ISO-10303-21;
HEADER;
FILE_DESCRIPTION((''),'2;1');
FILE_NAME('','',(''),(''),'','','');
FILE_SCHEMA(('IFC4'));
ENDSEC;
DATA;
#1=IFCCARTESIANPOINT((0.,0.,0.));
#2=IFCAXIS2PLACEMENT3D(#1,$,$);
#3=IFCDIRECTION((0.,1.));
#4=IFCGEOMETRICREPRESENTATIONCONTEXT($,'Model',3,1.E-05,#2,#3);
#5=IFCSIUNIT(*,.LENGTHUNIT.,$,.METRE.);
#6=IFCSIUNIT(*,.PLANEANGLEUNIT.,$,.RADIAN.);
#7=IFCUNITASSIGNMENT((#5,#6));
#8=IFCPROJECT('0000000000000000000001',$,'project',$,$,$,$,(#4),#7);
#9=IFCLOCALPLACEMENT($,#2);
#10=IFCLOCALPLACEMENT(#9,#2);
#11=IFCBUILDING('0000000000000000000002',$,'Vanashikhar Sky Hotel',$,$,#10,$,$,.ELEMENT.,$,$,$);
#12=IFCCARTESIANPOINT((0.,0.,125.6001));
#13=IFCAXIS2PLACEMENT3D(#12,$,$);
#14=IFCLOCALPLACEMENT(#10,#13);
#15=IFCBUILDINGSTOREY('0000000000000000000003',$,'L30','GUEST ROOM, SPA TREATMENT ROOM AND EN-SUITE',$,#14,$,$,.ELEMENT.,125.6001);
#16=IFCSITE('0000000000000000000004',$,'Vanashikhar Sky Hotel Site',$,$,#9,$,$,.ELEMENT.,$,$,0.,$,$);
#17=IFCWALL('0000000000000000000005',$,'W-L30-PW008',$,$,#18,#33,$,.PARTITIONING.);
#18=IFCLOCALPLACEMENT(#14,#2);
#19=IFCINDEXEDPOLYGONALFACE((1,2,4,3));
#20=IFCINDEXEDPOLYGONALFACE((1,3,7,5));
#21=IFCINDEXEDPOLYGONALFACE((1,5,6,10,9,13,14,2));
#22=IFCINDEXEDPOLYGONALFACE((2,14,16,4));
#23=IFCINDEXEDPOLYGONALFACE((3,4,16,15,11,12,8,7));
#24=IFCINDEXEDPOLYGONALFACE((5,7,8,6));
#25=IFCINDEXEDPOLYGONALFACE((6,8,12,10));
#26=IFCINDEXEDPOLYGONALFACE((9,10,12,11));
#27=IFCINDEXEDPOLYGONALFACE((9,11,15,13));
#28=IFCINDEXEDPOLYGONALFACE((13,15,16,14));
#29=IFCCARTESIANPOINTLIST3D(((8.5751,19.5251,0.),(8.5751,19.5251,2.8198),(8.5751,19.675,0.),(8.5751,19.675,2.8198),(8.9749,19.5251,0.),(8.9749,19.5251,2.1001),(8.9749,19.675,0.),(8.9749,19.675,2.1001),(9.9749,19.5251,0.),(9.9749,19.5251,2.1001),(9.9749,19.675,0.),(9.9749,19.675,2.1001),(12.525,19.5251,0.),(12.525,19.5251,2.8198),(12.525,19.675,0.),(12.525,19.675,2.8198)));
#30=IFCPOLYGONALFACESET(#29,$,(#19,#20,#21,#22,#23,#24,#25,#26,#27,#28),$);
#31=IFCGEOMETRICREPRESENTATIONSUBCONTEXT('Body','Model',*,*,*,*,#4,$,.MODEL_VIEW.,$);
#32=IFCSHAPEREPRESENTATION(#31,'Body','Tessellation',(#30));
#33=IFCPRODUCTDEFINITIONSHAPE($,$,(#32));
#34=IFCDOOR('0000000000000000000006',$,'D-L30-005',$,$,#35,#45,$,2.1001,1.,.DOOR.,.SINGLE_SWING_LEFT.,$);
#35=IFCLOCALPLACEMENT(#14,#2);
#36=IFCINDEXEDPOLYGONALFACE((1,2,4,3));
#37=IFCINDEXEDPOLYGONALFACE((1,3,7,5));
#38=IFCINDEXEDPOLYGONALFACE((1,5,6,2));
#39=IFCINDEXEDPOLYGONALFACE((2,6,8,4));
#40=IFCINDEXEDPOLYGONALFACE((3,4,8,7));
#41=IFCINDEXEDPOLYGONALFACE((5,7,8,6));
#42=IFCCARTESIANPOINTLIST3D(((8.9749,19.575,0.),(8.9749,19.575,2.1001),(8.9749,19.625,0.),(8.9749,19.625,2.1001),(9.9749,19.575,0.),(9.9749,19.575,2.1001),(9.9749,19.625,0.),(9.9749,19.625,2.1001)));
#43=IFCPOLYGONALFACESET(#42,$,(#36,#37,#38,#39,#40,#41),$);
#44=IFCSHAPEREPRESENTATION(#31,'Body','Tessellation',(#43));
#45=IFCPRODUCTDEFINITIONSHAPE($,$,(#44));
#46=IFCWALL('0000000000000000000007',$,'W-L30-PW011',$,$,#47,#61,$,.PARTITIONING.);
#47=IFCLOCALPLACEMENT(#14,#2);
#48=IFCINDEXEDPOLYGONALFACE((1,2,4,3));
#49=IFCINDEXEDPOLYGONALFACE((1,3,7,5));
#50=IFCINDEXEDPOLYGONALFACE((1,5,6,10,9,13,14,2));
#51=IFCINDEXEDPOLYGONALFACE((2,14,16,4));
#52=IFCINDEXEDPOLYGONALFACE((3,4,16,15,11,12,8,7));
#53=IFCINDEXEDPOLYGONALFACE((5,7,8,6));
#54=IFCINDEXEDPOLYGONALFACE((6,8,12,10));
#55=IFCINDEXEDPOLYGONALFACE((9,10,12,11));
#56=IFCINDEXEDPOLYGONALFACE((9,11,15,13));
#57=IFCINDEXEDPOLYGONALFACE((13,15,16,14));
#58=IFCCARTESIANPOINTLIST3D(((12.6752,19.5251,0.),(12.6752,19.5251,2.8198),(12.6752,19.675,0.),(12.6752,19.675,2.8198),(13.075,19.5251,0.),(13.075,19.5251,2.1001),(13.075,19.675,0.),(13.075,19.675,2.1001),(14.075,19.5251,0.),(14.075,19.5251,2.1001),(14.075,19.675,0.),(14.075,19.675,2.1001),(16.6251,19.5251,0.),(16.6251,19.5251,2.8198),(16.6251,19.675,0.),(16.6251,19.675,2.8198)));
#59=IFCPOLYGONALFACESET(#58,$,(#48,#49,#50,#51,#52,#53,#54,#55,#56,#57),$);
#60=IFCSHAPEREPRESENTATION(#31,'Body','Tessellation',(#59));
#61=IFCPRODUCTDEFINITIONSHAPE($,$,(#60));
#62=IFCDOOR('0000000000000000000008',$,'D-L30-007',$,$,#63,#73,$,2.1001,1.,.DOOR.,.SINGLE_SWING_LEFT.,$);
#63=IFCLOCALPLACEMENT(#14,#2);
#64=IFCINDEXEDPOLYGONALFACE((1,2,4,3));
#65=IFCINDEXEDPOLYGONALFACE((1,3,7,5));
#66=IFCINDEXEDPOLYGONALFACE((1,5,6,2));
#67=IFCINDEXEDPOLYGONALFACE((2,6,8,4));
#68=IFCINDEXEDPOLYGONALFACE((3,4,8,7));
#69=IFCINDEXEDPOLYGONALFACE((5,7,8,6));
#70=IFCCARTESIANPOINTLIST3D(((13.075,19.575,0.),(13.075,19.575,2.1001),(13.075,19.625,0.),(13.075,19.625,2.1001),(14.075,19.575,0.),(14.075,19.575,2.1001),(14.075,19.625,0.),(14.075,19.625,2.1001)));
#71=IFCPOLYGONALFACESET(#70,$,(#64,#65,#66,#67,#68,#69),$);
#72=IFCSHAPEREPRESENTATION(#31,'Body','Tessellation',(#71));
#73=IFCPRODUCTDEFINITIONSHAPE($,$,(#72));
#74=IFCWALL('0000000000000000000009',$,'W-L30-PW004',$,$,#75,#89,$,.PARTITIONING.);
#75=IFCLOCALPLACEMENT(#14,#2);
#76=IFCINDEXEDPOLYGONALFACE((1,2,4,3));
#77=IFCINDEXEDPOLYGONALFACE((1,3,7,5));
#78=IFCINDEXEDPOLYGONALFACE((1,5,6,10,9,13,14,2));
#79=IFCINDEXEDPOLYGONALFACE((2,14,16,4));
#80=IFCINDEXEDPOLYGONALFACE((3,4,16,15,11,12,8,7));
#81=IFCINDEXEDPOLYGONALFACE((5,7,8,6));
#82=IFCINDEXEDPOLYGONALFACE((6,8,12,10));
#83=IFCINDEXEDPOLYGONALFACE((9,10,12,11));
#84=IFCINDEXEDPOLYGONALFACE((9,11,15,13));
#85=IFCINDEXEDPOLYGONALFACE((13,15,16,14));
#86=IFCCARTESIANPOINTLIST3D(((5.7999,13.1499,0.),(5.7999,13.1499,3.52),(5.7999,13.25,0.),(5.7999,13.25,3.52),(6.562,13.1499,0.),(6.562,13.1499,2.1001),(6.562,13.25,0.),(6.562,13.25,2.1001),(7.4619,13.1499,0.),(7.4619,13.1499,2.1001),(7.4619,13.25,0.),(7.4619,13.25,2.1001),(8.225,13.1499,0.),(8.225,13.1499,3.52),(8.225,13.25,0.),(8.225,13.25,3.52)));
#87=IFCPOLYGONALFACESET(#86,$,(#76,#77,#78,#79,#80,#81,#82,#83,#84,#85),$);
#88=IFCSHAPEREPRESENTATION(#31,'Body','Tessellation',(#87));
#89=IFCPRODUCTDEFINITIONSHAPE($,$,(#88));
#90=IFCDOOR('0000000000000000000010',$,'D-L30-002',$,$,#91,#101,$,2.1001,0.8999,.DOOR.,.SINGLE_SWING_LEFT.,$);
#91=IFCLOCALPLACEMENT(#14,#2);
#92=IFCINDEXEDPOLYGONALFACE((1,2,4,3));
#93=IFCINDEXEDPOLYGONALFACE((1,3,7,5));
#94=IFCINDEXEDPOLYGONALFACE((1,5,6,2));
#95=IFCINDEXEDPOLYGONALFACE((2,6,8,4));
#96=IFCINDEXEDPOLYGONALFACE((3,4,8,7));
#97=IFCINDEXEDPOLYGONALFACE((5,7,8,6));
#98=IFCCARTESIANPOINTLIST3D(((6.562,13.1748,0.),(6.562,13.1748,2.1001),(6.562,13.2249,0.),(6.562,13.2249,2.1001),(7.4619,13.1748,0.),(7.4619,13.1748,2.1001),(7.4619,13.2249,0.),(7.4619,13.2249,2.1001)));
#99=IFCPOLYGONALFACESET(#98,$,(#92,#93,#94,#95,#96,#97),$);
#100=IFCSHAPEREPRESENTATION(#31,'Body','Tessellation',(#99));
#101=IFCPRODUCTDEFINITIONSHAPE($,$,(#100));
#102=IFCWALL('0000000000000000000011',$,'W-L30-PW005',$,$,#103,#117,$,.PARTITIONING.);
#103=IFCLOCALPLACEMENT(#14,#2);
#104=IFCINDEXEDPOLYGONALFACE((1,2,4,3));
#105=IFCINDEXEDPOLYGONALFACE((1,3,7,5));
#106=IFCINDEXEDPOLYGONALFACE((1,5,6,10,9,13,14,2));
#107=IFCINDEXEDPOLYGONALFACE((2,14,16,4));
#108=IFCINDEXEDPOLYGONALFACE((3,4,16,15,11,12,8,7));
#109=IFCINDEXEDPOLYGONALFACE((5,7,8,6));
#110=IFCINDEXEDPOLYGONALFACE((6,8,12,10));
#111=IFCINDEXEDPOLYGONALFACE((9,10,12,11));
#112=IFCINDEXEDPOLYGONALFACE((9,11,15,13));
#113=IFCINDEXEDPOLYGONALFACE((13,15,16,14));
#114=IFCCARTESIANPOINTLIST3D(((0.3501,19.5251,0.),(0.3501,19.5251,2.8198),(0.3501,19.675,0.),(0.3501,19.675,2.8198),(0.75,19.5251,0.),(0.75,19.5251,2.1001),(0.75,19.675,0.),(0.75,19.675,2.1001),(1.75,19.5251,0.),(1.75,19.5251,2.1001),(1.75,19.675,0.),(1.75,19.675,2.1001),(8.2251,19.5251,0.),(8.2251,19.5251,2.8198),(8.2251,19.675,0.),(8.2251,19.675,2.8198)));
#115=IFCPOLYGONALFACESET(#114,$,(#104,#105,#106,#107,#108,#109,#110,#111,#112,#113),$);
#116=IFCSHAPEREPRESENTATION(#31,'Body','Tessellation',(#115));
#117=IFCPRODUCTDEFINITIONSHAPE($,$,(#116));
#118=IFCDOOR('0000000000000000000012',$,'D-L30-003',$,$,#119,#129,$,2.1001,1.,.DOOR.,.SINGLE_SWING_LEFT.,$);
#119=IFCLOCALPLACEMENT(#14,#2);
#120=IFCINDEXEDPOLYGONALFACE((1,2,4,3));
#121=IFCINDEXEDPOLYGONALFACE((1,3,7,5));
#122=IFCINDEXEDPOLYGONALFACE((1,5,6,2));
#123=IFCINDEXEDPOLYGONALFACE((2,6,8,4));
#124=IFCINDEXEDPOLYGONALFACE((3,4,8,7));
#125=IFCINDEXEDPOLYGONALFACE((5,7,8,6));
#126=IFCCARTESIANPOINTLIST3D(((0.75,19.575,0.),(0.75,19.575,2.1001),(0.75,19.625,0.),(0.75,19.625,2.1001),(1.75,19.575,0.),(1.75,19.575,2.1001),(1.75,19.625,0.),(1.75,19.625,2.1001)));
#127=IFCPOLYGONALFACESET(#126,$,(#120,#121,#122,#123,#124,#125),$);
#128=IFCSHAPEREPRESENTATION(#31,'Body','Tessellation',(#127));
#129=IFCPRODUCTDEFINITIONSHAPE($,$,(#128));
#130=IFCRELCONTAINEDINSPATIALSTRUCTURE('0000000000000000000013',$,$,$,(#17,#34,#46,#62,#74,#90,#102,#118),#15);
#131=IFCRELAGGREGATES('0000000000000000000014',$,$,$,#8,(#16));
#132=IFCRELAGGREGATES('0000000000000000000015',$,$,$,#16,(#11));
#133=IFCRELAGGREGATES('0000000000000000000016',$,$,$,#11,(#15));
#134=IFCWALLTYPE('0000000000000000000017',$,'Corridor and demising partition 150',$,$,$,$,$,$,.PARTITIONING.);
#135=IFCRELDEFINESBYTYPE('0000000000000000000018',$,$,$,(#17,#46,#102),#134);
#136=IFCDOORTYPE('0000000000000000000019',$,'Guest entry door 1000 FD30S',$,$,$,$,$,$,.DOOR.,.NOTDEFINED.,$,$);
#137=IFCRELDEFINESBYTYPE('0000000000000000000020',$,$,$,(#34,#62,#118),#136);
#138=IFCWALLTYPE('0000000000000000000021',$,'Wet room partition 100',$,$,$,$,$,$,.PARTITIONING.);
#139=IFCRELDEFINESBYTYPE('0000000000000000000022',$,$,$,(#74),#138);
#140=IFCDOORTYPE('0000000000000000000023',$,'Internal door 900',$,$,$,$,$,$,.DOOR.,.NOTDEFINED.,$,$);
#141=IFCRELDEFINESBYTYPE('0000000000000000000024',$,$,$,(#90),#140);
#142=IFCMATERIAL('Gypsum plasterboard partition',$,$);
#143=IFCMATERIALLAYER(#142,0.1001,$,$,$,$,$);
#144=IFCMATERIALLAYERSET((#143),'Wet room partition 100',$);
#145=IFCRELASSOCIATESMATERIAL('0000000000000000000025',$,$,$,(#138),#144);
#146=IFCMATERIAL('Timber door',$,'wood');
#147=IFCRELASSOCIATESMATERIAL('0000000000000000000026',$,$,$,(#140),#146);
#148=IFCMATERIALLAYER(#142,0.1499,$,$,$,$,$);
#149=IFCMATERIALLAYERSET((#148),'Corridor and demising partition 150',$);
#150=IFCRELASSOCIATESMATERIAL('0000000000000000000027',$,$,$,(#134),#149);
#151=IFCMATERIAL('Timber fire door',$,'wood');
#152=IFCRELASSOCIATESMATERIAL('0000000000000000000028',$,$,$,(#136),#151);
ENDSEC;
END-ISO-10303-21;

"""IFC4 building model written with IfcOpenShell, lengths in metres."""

from ifc_helpers import new_model, si_unit, direction, frame, frame_2d, origin, place, context, subcontext, project, spatial, rectangle, extrude, source, transform, mapped, material, layer, layer_set, type_object, element, fill, save


model = new_model("IFC4")

# Units and contexts
model_context = context("Model", 3, precision=1e-05, world=origin(), true_north=direction((0.0, 1.0)))
body_context = subcontext(model_context, "Body", "Model", "MODEL_VIEW")
ifc_project = project(units=[si_unit("LENGTHUNIT", "METRE"), si_unit("PLANEANGLEUNIT", "RADIAN")], contexts=[model_context])

# Site, building, storey
site_placement = place(None, origin())
site = spatial("IfcSite", under=ifc_project, at=site_placement, Name="Vanashikhar Sky Hotel Site", CompositionType="ELEMENT", RefElevation=0.0)
building_placement = place(site_placement, origin())
building = spatial("IfcBuilding", under=site, at=building_placement, Name="Vanashikhar Sky Hotel", CompositionType="ELEMENT")
storey_placement = place(building_placement, frame((0.0, 0.0, 125.6001)))
storey = spatial("IfcBuildingStorey", under=building, at=storey_placement, Name="L30", Description="GUEST ROOM, SPA TREATMENT ROOM AND EN-SUITE", CompositionType="ELEMENT", Elevation=125.6001)

# Shared definitions
ifc_material_1 = material(Name="Gypsum plasterboard partition")
ifc_layer_1 = layer(ifc_material_1, 0.1001)
ifc_layer_set_1 = layer_set([ifc_layer_1], Name="Wet room partition 100")
wall_type_1 = type_object("IfcWallType", Name="Wet room partition 100", PredefinedType="PARTITIONING", material=ifc_layer_set_1)
shared_shape_1 = source(origin(), body_context, "Body", "SweptSolid", [
    extrude(rectangle(XDim=0.8999, YDim=2.1001, at=frame_2d((0.45, 1.05))), frame((0.0, 0.0601, 0.0), z_axis=(0.0, -1.0, 0.0), x_axis=(1.0, 0.0, 0.0)), (0.0, 0.0, 1.0), 0.1201),
])
ifc_material_2 = material(Name="Timber door", Category="wood")
door_type_1 = type_object("IfcDoorType", Name="Internal door 900", OperationType="NOTDEFINED", PredefinedType="DOOR", material=ifc_material_2)
shared_shape_2 = source(origin(), body_context, "Body", "SweptSolid", [
    extrude(rectangle(XDim=0.8999, YDim=2.1001, at=frame_2d((0.45, 1.05))), frame((0.0, 0.0249, 0.0), z_axis=(0.0, -1.0, 0.0), x_axis=(1.0, 0.0, 0.0)), (0.0, 0.0, 1.0), 0.05),
])

# Walls, openings, doors
ifc_layer_2 = layer(ifc_material_1, 0.1499)
ifc_layer_set_2 = layer_set([ifc_layer_2], Name="Corridor and demising partition 150")
wall_type_2 = type_object("IfcWallType", Name="Corridor and demising partition 150", PredefinedType="PARTITIONING", material=ifc_layer_set_2)
shared_shape_3 = source(origin(), body_context, "Body", "SweptSolid", [
    extrude(rectangle(XDim=3.95, YDim=0.1499, at=frame_2d((1.9751, 0.0))), origin(), (0.0, 0.0, 1.0), 2.8198),
])
wall_1_placement = place(storey_placement, frame((8.575, 19.6001, 0.0), z_axis=(0.0, 0.0, 1.0), x_axis=(1.0, 0.0, 0.0)))
wall_1 = element("IfcWall", 1, at=wall_1_placement, inside=storey, type_object=wall_type_2, Name="W-L30-PW008", PredefinedType="PARTITIONING", context=body_context, shape_type="MappedRepresentation", body=[
    mapped(shared_shape_3, transform((0.0, 0.0, 0.0), scale=1.0)),
])
shared_shape_4 = source(origin(), body_context, "Body", "SweptSolid", [
    extrude(rectangle(XDim=1.0, YDim=2.1001, at=frame_2d((0.5, 1.05))), frame((0.0, 0.085, 0.0), z_axis=(0.0, -1.0, 0.0), x_axis=(1.0, 0.0, 0.0)), (0.0, 0.0, 1.0), 0.1699),
])
opening_1_placement = place(wall_1_placement, frame((0.3999, 0.0, 0.0)))
opening_1 = element("IfcOpeningElement", 2, at=opening_1_placement, cuts=wall_1, PredefinedType="OPENING", context=body_context, shape_type="MappedRepresentation", body=[
    mapped(shared_shape_4, transform((0.0, 0.0, 0.0), scale=1.0)),
])
ifc_material_3 = material(Name="Timber fire door", Category="wood")
door_type_2 = type_object("IfcDoorType", Name="Guest entry door 1000 FD30S", OperationType="NOTDEFINED", PredefinedType="DOOR", material=ifc_material_3)
shared_shape_5 = source(origin(), body_context, "Body", "SweptSolid", [
    extrude(rectangle(XDim=1.0, YDim=2.1001, at=frame_2d((0.5, 1.05))), frame((0.0, 0.0249, 0.0), z_axis=(0.0, -1.0, 0.0), x_axis=(1.0, 0.0, 0.0)), (0.0, 0.0, 1.0), 0.05),
])
door_1_placement = place(opening_1_placement, origin())
door_1 = element("IfcDoor", 3, at=door_1_placement, inside=storey, type_object=door_type_2, Name="D-L30-005", OperationType="SINGLE_SWING_LEFT", OverallHeight=2.1001, OverallWidth=1.0, PredefinedType="DOOR", context=body_context, shape_type="MappedRepresentation", body=[
    mapped(shared_shape_5, transform((0.0, 0.0, 0.0), scale=1.0)),
])
fill(opening_1, door_1)
wall_2_placement = place(storey_placement, frame((12.675, 19.6001, 0.0), z_axis=(0.0, 0.0, 1.0), x_axis=(1.0, 0.0, 0.0)))
wall_2 = element("IfcWall", 4, at=wall_2_placement, inside=storey, type_object=wall_type_2, Name="W-L30-PW011", PredefinedType="PARTITIONING", context=body_context, shape_type="MappedRepresentation", body=[
    mapped(shared_shape_3, transform((0.0, 0.0, 0.0), scale=1.0)),
])
opening_2_placement = place(wall_2_placement, frame((0.3999, 0.0, 0.0)))
opening_2 = element("IfcOpeningElement", 5, at=opening_2_placement, cuts=wall_2, PredefinedType="OPENING", context=body_context, shape_type="MappedRepresentation", body=[
    mapped(shared_shape_4, transform((0.0, 0.0, 0.0), scale=1.0)),
])
door_2_placement = place(opening_2_placement, origin())
door_2 = element("IfcDoor", 6, at=door_2_placement, inside=storey, type_object=door_type_2, Name="D-L30-007", OperationType="SINGLE_SWING_LEFT", OverallHeight=2.1001, OverallWidth=1.0, PredefinedType="DOOR", context=body_context, shape_type="MappedRepresentation", body=[
    mapped(shared_shape_5, transform((0.0, 0.0, 0.0), scale=1.0)),
])
fill(opening_2, door_2)
shared_shape_6 = source(origin(), body_context, "Body", "SweptSolid", [
    extrude(rectangle(XDim=2.425, YDim=0.1001, at=frame_2d((1.2124, 0.0))), origin(), (0.0, 0.0, 1.0), 3.52),
])
wall_3_placement = place(storey_placement, frame((5.8, 13.2, 0.0), z_axis=(0.0, 0.0, 1.0), x_axis=(1.0, 0.0, 0.0)))
wall_3 = element("IfcWall", 7, at=wall_3_placement, inside=storey, type_object=wall_type_1, Name="W-L30-PW004", PredefinedType="PARTITIONING", context=body_context, shape_type="MappedRepresentation", body=[
    mapped(shared_shape_6, transform((0.0, 0.0, 0.0), scale=1.0)),
])
opening_3_placement = place(wall_3_placement, frame((0.762, 0.0, 0.0)))
opening_3 = element("IfcOpeningElement", 8, at=opening_3_placement, cuts=wall_3, PredefinedType="OPENING", context=body_context, shape_type="MappedRepresentation", body=[
    mapped(shared_shape_1, transform((0.0, 0.0, 0.0), scale=1.0)),
])
door_3_placement = place(opening_3_placement, origin())
door_3 = element("IfcDoor", 9, at=door_3_placement, inside=storey, type_object=door_type_1, Name="D-L30-002", OperationType="SINGLE_SWING_LEFT", OverallHeight=2.1001, OverallWidth=0.8999, PredefinedType="DOOR", context=body_context, shape_type="MappedRepresentation", body=[
    mapped(shared_shape_2, transform((0.0, 0.0, 0.0), scale=1.0)),
])
fill(opening_3, door_3)
shared_shape_7 = source(origin(), body_context, "Body", "SweptSolid", [
    extrude(rectangle(XDim=7.875, YDim=0.1499, at=frame_2d((3.9375, 0.0))), origin(), (0.0, 0.0, 1.0), 2.8198),
])
wall_4_placement = place(storey_placement, frame((0.3501, 19.6001, 0.0), z_axis=(0.0, 0.0, 1.0), x_axis=(1.0, 0.0, 0.0)))
wall_4 = element("IfcWall", 10, at=wall_4_placement, inside=storey, type_object=wall_type_2, Name="W-L30-PW005", PredefinedType="PARTITIONING", context=body_context, shape_type="MappedRepresentation", body=[
    mapped(shared_shape_7, transform((0.0, 0.0, 0.0), scale=1.0)),
])
opening_4_placement = place(wall_4_placement, frame((0.3999, 0.0, 0.0)))
opening_4 = element("IfcOpeningElement", 11, at=opening_4_placement, cuts=wall_4, PredefinedType="OPENING", context=body_context, shape_type="MappedRepresentation", body=[
    mapped(shared_shape_4, transform((0.0, 0.0, 0.0), scale=1.0)),
])
door_4_placement = place(opening_4_placement, origin())
door_4 = element("IfcDoor", 12, at=door_4_placement, inside=storey, type_object=door_type_2, Name="D-L30-003", OperationType="SINGLE_SWING_LEFT", OverallHeight=2.1001, OverallWidth=1.0, PredefinedType="DOOR", context=body_context, shape_type="MappedRepresentation", body=[
    mapped(shared_shape_5, transform((0.0, 0.0, 0.0), scale=1.0)),
])
fill(opening_4, door_4)

save(model, "model.ifc")
